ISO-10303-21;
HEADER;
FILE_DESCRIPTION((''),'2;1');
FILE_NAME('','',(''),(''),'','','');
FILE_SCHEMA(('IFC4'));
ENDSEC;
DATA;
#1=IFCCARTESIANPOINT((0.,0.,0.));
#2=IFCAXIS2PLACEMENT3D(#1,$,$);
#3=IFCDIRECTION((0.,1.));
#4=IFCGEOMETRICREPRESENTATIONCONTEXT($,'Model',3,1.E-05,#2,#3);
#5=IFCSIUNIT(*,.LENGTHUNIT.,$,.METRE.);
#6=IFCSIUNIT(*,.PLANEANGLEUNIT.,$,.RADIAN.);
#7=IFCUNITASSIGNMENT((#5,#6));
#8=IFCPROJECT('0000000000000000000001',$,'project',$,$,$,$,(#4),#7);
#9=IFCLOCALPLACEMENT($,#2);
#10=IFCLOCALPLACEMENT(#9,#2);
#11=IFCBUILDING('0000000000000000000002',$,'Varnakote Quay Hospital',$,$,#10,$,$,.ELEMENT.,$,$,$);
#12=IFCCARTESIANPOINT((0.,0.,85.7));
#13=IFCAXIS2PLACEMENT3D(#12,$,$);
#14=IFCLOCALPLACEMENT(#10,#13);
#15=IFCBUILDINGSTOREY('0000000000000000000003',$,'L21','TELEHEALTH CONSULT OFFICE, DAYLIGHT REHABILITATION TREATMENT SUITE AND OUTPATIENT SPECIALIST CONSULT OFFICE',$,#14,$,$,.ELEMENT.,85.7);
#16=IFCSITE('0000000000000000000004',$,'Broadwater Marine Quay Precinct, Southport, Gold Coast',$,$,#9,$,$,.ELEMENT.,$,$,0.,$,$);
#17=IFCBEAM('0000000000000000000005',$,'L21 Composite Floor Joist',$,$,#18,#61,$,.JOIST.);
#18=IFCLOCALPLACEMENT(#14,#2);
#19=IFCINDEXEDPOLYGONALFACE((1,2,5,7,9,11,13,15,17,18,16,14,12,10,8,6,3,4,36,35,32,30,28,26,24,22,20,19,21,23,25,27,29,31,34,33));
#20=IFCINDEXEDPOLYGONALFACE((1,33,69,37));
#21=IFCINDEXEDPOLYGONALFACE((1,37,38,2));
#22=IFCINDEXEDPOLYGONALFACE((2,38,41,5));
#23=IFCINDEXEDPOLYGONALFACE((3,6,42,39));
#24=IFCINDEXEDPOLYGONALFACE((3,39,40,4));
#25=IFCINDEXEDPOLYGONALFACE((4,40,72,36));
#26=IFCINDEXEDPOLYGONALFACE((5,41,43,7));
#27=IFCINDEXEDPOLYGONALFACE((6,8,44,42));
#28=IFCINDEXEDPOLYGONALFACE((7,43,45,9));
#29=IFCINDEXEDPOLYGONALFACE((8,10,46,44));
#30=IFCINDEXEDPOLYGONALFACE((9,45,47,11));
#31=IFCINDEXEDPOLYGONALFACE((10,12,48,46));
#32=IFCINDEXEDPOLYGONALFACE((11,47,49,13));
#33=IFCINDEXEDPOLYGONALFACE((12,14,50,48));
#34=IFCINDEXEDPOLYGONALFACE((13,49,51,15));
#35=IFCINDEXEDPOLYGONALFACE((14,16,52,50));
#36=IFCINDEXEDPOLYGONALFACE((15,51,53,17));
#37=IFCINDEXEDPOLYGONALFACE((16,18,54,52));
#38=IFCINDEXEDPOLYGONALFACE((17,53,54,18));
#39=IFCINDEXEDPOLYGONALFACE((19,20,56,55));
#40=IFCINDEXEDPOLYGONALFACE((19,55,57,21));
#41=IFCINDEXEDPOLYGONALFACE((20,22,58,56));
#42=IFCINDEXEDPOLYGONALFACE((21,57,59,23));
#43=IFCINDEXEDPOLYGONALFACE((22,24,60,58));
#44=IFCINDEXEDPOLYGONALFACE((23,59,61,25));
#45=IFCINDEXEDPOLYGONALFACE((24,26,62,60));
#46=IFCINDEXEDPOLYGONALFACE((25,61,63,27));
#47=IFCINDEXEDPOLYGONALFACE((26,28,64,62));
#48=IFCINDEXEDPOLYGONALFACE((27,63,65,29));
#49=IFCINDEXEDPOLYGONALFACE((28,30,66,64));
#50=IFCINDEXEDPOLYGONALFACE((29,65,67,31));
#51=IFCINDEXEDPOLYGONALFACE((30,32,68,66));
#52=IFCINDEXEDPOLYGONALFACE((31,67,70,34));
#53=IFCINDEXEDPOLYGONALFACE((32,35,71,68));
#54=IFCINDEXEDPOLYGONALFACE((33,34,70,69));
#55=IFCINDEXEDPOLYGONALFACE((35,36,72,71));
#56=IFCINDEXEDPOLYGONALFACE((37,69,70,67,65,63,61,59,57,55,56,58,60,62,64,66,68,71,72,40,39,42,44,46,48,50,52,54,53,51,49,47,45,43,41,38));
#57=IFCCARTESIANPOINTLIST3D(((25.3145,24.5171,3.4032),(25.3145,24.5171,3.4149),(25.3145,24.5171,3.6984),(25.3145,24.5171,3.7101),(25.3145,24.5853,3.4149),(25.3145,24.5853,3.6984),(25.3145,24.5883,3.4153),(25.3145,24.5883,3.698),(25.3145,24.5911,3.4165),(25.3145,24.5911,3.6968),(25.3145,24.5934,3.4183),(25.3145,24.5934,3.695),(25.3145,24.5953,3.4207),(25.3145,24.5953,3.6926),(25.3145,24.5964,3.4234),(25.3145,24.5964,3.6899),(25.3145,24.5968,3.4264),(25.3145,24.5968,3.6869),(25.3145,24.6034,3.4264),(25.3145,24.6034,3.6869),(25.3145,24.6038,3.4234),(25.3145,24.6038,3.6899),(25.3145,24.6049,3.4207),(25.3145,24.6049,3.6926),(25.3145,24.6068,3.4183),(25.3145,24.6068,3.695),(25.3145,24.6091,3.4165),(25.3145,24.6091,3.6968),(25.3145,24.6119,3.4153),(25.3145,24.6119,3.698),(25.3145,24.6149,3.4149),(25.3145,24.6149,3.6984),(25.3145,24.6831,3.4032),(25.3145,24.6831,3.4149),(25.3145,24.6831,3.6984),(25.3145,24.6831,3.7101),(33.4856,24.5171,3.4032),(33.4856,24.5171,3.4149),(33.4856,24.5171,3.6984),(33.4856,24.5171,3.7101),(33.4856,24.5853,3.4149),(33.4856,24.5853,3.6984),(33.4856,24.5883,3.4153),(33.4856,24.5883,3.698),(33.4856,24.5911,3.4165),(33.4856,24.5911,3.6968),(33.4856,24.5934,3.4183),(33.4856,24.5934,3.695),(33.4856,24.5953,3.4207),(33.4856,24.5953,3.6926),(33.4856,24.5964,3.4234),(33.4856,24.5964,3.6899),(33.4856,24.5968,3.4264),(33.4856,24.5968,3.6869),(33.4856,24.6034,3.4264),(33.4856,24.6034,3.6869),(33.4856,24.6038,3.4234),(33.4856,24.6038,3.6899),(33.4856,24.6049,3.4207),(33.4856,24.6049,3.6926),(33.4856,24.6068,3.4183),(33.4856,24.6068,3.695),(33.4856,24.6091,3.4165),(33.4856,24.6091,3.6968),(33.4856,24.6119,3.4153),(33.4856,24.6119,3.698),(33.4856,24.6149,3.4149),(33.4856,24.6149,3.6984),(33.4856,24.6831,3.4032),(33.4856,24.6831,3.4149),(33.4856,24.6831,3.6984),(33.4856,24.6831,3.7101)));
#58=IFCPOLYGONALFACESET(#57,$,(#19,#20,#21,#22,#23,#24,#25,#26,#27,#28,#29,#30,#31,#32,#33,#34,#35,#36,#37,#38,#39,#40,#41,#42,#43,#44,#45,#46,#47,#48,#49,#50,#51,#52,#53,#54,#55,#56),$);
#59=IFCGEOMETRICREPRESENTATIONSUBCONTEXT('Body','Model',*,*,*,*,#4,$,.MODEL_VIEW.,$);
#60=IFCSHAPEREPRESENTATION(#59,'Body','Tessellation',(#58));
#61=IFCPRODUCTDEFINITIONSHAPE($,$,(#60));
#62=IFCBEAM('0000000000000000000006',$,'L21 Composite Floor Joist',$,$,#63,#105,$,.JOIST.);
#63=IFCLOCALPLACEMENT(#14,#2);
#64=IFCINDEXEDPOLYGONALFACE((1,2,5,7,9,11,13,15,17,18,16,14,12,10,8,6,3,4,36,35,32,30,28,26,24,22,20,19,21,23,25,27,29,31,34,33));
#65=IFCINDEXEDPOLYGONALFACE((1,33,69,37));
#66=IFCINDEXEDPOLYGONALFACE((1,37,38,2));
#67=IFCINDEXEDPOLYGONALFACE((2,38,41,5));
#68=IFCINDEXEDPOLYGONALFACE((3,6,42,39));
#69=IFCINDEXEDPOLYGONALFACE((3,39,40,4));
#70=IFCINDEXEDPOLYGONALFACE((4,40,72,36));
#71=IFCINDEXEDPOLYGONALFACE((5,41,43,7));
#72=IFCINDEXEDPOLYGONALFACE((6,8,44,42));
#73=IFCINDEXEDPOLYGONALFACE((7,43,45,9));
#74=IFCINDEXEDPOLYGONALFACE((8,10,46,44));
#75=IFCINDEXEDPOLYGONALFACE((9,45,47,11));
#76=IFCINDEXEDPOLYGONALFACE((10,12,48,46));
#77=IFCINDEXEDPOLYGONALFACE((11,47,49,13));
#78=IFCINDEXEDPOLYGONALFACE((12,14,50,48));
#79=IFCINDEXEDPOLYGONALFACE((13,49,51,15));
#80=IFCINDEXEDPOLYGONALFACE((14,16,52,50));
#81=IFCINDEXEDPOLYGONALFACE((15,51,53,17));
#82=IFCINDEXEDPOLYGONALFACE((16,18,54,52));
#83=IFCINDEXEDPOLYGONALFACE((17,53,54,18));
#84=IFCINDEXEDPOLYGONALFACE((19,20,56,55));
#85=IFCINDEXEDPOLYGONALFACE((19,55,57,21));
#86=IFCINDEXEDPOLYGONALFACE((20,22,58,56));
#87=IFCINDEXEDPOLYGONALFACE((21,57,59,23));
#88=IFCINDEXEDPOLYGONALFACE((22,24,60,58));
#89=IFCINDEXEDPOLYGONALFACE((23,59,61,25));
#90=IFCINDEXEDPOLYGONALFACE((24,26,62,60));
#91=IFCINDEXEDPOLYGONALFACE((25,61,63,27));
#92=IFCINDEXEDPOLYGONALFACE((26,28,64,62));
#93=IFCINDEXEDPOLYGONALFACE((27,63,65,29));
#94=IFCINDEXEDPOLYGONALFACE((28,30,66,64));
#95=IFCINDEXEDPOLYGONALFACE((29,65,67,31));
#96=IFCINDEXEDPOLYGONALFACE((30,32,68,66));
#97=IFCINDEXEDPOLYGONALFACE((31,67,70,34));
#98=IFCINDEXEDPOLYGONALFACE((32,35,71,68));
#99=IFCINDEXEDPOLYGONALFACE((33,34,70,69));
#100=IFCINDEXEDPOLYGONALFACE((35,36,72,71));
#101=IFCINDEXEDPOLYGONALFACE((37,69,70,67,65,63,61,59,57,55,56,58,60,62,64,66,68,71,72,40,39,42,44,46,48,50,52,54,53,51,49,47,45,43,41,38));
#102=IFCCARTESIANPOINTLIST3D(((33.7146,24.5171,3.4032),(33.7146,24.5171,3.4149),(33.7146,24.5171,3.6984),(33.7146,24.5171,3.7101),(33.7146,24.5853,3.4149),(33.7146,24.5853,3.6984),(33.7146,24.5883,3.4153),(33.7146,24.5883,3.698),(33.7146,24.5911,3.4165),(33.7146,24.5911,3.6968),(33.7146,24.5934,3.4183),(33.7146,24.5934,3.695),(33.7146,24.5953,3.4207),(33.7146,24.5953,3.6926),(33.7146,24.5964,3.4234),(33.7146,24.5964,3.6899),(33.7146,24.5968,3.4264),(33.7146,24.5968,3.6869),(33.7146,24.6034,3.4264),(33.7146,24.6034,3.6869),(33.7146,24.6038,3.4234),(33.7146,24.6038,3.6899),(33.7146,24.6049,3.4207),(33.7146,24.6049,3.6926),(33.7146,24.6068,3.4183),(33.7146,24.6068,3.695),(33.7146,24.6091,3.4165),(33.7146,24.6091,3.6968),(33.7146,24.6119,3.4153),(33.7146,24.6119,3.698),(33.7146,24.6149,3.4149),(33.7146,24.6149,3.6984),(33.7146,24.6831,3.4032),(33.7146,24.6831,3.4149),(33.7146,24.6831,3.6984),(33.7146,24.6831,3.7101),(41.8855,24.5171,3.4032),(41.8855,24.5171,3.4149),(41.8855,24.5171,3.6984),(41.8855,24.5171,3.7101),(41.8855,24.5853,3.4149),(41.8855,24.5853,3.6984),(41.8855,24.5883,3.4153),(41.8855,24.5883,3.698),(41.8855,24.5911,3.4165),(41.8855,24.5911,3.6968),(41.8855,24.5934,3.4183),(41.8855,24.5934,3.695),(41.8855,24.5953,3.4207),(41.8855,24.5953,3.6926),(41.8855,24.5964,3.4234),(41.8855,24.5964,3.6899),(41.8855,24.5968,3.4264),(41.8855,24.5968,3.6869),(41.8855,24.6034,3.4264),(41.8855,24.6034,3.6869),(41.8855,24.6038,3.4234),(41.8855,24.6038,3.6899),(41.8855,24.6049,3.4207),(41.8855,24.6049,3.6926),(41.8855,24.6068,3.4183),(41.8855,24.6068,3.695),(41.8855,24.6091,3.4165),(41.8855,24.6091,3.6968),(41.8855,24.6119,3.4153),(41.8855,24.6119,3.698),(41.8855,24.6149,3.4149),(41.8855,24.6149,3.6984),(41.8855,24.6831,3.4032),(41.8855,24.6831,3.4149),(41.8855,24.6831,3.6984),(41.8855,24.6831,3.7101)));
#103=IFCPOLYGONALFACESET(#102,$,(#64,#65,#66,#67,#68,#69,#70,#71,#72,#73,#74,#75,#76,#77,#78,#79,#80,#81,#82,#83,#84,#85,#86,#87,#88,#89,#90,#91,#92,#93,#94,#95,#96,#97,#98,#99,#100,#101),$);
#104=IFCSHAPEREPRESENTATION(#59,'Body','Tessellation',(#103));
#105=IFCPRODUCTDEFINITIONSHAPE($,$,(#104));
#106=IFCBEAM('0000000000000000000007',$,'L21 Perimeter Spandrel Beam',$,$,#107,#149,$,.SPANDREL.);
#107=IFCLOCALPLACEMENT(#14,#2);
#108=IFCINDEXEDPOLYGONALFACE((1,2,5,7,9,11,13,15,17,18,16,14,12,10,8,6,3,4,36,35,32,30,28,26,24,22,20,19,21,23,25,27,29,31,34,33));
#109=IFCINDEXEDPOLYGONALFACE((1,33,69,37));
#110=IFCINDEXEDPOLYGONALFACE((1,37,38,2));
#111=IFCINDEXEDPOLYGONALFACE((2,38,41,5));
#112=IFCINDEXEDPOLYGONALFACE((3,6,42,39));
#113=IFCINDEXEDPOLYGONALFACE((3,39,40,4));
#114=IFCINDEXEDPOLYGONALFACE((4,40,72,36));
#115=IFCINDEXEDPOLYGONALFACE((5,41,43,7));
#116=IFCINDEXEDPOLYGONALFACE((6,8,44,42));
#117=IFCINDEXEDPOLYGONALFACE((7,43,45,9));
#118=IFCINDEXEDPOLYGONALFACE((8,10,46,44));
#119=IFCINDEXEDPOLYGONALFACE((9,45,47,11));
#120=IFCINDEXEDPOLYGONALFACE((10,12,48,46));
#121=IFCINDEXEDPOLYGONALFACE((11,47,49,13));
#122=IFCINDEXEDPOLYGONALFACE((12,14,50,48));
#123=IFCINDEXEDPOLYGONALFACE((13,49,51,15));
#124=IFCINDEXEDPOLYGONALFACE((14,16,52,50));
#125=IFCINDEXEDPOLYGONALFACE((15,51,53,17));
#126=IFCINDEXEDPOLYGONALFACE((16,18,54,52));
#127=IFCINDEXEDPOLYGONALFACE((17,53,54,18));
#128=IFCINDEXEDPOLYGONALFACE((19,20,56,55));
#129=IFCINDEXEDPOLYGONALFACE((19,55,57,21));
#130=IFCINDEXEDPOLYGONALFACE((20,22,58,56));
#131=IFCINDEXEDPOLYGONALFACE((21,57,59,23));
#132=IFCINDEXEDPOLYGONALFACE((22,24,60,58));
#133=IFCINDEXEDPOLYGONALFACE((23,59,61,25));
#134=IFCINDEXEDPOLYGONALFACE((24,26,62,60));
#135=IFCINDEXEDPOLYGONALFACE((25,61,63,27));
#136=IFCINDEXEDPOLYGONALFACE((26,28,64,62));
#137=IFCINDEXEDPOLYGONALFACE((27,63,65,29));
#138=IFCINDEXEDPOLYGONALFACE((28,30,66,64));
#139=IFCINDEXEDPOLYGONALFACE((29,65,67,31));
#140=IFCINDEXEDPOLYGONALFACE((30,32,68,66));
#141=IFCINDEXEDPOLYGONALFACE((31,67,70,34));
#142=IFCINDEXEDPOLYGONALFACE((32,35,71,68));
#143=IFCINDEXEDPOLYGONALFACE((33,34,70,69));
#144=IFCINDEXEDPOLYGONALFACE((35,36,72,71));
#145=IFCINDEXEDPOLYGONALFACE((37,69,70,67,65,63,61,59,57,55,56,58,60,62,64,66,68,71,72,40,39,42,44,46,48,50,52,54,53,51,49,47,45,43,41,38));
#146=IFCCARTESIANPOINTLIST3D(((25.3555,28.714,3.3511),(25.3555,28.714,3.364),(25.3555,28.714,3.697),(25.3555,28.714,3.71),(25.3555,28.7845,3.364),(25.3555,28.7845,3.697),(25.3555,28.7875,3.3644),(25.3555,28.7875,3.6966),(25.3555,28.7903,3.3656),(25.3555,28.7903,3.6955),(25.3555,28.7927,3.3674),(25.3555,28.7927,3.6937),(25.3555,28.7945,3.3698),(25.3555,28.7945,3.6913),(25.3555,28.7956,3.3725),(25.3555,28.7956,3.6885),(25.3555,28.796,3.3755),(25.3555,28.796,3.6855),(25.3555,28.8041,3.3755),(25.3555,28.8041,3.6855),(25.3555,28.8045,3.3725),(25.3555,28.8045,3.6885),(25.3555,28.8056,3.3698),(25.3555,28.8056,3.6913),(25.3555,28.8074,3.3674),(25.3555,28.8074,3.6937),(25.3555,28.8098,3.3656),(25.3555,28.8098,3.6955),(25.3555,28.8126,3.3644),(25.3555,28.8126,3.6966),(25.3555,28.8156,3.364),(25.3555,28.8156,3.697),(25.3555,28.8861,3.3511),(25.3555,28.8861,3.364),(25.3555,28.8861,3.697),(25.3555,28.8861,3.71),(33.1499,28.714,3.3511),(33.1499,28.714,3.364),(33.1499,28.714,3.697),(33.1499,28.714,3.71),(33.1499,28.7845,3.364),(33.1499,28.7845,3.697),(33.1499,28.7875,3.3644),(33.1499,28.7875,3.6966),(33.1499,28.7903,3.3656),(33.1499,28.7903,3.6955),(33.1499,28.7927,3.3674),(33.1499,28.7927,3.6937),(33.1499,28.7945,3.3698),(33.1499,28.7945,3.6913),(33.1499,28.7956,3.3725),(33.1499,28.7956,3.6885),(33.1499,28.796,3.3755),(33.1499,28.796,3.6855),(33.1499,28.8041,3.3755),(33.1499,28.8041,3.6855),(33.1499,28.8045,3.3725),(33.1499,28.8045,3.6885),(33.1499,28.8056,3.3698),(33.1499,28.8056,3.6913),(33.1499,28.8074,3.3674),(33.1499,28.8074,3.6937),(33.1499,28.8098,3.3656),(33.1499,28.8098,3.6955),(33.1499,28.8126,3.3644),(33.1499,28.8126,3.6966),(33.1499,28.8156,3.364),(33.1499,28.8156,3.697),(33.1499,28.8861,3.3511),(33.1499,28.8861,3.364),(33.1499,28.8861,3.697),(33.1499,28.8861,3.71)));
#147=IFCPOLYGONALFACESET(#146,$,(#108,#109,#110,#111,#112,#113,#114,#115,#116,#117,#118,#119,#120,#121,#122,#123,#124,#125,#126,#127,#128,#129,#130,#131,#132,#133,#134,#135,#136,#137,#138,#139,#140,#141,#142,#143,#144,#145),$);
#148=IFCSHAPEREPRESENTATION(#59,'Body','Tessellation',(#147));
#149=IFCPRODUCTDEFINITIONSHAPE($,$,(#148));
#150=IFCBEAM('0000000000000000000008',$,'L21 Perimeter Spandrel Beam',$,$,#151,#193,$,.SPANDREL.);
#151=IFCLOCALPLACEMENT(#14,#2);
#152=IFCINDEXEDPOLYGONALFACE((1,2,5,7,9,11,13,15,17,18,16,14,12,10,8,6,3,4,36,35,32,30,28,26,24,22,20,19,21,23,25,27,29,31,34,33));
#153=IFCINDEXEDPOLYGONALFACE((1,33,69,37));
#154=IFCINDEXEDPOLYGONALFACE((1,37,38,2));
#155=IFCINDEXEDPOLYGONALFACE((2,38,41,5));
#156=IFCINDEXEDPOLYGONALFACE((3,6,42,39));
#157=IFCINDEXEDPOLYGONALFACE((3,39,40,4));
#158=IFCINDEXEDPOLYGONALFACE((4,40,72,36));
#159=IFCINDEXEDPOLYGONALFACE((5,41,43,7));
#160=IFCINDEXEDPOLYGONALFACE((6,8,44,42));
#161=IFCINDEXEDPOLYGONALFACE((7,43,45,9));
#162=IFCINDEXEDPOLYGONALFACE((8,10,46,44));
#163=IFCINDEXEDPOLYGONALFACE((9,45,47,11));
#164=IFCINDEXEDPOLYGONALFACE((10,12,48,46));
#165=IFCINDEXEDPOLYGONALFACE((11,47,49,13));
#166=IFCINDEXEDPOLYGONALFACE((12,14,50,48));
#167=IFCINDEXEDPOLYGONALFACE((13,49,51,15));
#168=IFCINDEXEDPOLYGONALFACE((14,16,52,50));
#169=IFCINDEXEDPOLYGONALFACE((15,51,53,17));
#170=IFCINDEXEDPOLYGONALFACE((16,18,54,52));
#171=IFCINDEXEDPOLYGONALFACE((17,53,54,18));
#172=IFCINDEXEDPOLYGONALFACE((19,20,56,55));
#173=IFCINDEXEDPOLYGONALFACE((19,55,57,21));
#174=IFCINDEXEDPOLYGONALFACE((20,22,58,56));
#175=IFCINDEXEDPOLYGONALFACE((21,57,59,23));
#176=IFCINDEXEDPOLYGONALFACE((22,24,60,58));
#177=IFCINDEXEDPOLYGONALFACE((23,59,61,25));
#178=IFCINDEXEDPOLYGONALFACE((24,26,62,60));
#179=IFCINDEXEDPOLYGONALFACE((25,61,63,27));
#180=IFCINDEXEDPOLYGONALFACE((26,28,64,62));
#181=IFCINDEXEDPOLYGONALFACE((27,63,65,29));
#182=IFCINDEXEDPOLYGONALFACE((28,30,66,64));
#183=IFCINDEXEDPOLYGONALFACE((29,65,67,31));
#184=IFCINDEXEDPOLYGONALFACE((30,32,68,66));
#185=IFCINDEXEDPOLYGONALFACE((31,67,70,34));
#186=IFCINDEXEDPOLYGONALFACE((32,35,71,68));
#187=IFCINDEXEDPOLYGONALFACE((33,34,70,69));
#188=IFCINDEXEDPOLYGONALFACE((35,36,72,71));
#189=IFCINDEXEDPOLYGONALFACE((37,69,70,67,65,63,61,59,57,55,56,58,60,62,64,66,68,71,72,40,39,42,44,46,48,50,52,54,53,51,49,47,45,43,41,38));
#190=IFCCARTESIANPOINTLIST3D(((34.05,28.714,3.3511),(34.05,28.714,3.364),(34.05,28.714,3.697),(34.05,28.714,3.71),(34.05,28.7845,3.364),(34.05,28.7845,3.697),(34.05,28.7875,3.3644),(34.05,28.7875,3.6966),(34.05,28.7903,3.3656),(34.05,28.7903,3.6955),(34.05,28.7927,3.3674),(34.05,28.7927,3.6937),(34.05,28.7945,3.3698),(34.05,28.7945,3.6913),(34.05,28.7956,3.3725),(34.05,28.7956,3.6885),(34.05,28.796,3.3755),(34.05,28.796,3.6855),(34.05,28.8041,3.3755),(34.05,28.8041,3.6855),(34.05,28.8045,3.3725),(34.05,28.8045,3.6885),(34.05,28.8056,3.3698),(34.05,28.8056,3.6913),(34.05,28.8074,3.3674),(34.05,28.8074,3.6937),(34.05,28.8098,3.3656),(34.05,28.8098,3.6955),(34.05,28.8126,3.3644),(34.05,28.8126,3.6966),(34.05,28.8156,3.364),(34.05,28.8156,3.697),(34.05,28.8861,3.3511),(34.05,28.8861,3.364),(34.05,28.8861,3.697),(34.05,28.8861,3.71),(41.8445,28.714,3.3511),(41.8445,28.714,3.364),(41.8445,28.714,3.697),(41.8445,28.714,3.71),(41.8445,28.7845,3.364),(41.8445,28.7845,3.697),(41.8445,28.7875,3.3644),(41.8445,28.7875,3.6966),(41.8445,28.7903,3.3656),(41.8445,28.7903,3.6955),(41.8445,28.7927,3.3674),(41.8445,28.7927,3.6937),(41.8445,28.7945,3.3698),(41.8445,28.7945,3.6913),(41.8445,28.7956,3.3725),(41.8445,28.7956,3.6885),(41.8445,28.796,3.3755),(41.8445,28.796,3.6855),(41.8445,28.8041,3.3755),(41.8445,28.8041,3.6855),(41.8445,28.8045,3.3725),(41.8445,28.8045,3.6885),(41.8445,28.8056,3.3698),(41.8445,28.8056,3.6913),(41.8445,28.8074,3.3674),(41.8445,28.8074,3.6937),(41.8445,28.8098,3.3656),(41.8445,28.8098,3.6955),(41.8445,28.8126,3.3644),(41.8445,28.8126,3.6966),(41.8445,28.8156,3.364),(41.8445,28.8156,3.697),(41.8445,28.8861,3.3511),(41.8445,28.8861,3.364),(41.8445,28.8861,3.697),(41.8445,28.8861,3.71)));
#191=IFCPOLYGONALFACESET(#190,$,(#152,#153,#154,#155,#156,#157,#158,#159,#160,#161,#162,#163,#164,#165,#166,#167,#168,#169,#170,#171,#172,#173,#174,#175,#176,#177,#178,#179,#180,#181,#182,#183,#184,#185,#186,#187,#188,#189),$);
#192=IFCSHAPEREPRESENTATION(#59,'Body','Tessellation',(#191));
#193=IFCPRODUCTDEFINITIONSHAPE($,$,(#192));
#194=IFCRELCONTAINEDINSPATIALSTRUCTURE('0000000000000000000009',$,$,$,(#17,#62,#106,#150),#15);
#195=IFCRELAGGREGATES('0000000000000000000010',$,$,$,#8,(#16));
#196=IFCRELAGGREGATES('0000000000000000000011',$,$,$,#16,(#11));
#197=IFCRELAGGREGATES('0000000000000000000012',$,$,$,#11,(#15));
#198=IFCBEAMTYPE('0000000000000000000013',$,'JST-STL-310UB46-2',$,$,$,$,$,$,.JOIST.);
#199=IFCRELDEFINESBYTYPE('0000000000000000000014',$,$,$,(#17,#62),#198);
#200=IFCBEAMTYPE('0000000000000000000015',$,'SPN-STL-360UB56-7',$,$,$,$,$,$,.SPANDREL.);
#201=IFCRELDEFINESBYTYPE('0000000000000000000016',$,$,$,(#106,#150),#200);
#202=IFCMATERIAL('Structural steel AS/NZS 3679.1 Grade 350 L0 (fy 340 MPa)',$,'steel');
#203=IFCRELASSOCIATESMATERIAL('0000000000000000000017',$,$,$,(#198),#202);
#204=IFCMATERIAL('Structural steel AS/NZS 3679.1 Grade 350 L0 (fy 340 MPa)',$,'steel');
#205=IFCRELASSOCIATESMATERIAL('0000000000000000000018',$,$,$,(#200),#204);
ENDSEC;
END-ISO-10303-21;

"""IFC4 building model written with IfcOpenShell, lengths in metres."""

from ifc_helpers import new_model, si_unit, direction, frame, origin, origin_2d, place, context, subcontext, project, spatial, i_section, extrude, material, material_profile, profile_set, type_object, element, save


model = new_model("IFC4")

# Units and contexts
model_context = context("Model", 3, precision=1e-05, world=origin(), true_north=direction((0.0, 1.0)))
body_context = subcontext(model_context, "Body", "Model", "MODEL_VIEW")
ifc_project = project(units=[si_unit("LENGTHUNIT", "METRE"), si_unit("PLANEANGLEUNIT", "RADIAN")], contexts=[model_context])

# Site, building, storey
site_placement = place(None, origin())
site = spatial("IfcSite", under=ifc_project, at=site_placement, Name="Broadwater Marine Quay Precinct, Southport, Gold Coast", CompositionType="ELEMENT", RefElevation=0.0)
building_placement = place(site_placement, origin())
building = spatial("IfcBuilding", under=site, at=building_placement, Name="Varnakote Quay Hospital", CompositionType="ELEMENT")
storey_placement = place(building_placement, frame((0.0, 0.0, 85.7)))
storey = spatial("IfcBuildingStorey", under=building, at=storey_placement, Name="L21", Description="TELEHEALTH CONSULT OFFICE, DAYLIGHT REHABILITATION TREATMENT SUITE AND OUTPATIENT SPECIALIST CONSULT OFFICE", CompositionType="ELEMENT", Elevation=85.7)

# Beams
ifc_material_1 = material(Name="Structural steel AS/NZS 3679.1 Grade 350 L0 (fy 340 MPa)", Category="steel")
ifc_material_profile_1 = material_profile(ifc_material_1, i_section(OverallWidth=0.166, OverallDepth=0.3069, WebThickness=0.0066, FlangeThickness=0.0117, FilletRadius=0.0115, at=origin_2d()), Name="310UB46.2")
ifc_profile_set_1 = profile_set([ifc_material_profile_1], Name="Structural steel AS/NZS 3679.1 Grade 350 L0 (fy 340 MPa)")
beam_type_1 = type_object("IfcBeamType", Name="JST-STL-310UB46-2", PredefinedType="JOIST", material=ifc_profile_set_1)
beam_1_placement = place(storey_placement, frame((25.3145, 24.6001, 3.5566), z_axis=(1.0, 0.0, 0.0), x_axis=(0.0, 1.0, 0.0)))
element("IfcBeam", 1, at=beam_1_placement, inside=storey, type_object=beam_type_1, Name="L21 Composite Floor Joist", PredefinedType="JOIST", context=body_context, shape_type="SweptSolid", body=[
    extrude(i_section(OverallWidth=0.166, OverallDepth=0.3069, WebThickness=0.0066, FlangeThickness=0.0117, FilletRadius=0.0115, at=origin_2d()), origin(), (0.0, 0.0, 1.0), 8.1711),
])
beam_2_placement = place(storey_placement, frame((33.7146, 24.6001, 3.5566), z_axis=(1.0, 0.0, 0.0), x_axis=(0.0, 1.0, 0.0)))
element("IfcBeam", 2, at=beam_2_placement, inside=storey, type_object=beam_type_1, Name="L21 Composite Floor Joist", PredefinedType="JOIST", context=body_context, shape_type="SweptSolid", body=[
    extrude(i_section(OverallWidth=0.166, OverallDepth=0.3069, WebThickness=0.0066, FlangeThickness=0.0117, FilletRadius=0.0115, at=origin_2d()), origin(), (0.0, 0.0, 1.0), 8.1709),
])
ifc_material_2 = material(Name="Structural steel AS/NZS 3679.1 Grade 350 L0 (fy 340 MPa)", Category="steel")
ifc_material_profile_2 = material_profile(ifc_material_2, i_section(OverallWidth=0.1721, OverallDepth=0.3589, WebThickness=0.0081, FlangeThickness=0.0129, FilletRadius=0.0115, at=origin_2d()), Name="360UB56.7")
ifc_profile_set_2 = profile_set([ifc_material_profile_2], Name="Structural steel AS/NZS 3679.1 Grade 350 L0 (fy 340 MPa)")
beam_type_2 = type_object("IfcBeamType", Name="SPN-STL-360UB56-7", PredefinedType="SPANDREL", material=ifc_profile_set_2)
for number, where, z_axis, x_axis, name in (
    (3, (25.3555, 28.8, 3.5305), (1.0, 0.0, 0.0), (0.0, 1.0, 0.0), "L21 Perimeter Spandrel Beam"),
    (4, (34.05, 28.8, 3.5305), (1.0, 0.0, 0.0), (0.0, 1.0, 0.0), "L21 Perimeter Spandrel Beam"),
):
    element("IfcBeam", number, at=place(storey_placement, frame(where, z_axis=z_axis, x_axis=x_axis)), inside=storey, type_object=beam_type_2, Name=name, PredefinedType="SPANDREL", context=body_context, shape_type="SweptSolid", body=[
        extrude(i_section(OverallWidth=0.1721, OverallDepth=0.3589, WebThickness=0.0081, FlangeThickness=0.0129, FilletRadius=0.0115, at=origin_2d()), origin(), (0.0, 0.0, 1.0), 7.7944),
    ])

save(model, "model.ifc")
